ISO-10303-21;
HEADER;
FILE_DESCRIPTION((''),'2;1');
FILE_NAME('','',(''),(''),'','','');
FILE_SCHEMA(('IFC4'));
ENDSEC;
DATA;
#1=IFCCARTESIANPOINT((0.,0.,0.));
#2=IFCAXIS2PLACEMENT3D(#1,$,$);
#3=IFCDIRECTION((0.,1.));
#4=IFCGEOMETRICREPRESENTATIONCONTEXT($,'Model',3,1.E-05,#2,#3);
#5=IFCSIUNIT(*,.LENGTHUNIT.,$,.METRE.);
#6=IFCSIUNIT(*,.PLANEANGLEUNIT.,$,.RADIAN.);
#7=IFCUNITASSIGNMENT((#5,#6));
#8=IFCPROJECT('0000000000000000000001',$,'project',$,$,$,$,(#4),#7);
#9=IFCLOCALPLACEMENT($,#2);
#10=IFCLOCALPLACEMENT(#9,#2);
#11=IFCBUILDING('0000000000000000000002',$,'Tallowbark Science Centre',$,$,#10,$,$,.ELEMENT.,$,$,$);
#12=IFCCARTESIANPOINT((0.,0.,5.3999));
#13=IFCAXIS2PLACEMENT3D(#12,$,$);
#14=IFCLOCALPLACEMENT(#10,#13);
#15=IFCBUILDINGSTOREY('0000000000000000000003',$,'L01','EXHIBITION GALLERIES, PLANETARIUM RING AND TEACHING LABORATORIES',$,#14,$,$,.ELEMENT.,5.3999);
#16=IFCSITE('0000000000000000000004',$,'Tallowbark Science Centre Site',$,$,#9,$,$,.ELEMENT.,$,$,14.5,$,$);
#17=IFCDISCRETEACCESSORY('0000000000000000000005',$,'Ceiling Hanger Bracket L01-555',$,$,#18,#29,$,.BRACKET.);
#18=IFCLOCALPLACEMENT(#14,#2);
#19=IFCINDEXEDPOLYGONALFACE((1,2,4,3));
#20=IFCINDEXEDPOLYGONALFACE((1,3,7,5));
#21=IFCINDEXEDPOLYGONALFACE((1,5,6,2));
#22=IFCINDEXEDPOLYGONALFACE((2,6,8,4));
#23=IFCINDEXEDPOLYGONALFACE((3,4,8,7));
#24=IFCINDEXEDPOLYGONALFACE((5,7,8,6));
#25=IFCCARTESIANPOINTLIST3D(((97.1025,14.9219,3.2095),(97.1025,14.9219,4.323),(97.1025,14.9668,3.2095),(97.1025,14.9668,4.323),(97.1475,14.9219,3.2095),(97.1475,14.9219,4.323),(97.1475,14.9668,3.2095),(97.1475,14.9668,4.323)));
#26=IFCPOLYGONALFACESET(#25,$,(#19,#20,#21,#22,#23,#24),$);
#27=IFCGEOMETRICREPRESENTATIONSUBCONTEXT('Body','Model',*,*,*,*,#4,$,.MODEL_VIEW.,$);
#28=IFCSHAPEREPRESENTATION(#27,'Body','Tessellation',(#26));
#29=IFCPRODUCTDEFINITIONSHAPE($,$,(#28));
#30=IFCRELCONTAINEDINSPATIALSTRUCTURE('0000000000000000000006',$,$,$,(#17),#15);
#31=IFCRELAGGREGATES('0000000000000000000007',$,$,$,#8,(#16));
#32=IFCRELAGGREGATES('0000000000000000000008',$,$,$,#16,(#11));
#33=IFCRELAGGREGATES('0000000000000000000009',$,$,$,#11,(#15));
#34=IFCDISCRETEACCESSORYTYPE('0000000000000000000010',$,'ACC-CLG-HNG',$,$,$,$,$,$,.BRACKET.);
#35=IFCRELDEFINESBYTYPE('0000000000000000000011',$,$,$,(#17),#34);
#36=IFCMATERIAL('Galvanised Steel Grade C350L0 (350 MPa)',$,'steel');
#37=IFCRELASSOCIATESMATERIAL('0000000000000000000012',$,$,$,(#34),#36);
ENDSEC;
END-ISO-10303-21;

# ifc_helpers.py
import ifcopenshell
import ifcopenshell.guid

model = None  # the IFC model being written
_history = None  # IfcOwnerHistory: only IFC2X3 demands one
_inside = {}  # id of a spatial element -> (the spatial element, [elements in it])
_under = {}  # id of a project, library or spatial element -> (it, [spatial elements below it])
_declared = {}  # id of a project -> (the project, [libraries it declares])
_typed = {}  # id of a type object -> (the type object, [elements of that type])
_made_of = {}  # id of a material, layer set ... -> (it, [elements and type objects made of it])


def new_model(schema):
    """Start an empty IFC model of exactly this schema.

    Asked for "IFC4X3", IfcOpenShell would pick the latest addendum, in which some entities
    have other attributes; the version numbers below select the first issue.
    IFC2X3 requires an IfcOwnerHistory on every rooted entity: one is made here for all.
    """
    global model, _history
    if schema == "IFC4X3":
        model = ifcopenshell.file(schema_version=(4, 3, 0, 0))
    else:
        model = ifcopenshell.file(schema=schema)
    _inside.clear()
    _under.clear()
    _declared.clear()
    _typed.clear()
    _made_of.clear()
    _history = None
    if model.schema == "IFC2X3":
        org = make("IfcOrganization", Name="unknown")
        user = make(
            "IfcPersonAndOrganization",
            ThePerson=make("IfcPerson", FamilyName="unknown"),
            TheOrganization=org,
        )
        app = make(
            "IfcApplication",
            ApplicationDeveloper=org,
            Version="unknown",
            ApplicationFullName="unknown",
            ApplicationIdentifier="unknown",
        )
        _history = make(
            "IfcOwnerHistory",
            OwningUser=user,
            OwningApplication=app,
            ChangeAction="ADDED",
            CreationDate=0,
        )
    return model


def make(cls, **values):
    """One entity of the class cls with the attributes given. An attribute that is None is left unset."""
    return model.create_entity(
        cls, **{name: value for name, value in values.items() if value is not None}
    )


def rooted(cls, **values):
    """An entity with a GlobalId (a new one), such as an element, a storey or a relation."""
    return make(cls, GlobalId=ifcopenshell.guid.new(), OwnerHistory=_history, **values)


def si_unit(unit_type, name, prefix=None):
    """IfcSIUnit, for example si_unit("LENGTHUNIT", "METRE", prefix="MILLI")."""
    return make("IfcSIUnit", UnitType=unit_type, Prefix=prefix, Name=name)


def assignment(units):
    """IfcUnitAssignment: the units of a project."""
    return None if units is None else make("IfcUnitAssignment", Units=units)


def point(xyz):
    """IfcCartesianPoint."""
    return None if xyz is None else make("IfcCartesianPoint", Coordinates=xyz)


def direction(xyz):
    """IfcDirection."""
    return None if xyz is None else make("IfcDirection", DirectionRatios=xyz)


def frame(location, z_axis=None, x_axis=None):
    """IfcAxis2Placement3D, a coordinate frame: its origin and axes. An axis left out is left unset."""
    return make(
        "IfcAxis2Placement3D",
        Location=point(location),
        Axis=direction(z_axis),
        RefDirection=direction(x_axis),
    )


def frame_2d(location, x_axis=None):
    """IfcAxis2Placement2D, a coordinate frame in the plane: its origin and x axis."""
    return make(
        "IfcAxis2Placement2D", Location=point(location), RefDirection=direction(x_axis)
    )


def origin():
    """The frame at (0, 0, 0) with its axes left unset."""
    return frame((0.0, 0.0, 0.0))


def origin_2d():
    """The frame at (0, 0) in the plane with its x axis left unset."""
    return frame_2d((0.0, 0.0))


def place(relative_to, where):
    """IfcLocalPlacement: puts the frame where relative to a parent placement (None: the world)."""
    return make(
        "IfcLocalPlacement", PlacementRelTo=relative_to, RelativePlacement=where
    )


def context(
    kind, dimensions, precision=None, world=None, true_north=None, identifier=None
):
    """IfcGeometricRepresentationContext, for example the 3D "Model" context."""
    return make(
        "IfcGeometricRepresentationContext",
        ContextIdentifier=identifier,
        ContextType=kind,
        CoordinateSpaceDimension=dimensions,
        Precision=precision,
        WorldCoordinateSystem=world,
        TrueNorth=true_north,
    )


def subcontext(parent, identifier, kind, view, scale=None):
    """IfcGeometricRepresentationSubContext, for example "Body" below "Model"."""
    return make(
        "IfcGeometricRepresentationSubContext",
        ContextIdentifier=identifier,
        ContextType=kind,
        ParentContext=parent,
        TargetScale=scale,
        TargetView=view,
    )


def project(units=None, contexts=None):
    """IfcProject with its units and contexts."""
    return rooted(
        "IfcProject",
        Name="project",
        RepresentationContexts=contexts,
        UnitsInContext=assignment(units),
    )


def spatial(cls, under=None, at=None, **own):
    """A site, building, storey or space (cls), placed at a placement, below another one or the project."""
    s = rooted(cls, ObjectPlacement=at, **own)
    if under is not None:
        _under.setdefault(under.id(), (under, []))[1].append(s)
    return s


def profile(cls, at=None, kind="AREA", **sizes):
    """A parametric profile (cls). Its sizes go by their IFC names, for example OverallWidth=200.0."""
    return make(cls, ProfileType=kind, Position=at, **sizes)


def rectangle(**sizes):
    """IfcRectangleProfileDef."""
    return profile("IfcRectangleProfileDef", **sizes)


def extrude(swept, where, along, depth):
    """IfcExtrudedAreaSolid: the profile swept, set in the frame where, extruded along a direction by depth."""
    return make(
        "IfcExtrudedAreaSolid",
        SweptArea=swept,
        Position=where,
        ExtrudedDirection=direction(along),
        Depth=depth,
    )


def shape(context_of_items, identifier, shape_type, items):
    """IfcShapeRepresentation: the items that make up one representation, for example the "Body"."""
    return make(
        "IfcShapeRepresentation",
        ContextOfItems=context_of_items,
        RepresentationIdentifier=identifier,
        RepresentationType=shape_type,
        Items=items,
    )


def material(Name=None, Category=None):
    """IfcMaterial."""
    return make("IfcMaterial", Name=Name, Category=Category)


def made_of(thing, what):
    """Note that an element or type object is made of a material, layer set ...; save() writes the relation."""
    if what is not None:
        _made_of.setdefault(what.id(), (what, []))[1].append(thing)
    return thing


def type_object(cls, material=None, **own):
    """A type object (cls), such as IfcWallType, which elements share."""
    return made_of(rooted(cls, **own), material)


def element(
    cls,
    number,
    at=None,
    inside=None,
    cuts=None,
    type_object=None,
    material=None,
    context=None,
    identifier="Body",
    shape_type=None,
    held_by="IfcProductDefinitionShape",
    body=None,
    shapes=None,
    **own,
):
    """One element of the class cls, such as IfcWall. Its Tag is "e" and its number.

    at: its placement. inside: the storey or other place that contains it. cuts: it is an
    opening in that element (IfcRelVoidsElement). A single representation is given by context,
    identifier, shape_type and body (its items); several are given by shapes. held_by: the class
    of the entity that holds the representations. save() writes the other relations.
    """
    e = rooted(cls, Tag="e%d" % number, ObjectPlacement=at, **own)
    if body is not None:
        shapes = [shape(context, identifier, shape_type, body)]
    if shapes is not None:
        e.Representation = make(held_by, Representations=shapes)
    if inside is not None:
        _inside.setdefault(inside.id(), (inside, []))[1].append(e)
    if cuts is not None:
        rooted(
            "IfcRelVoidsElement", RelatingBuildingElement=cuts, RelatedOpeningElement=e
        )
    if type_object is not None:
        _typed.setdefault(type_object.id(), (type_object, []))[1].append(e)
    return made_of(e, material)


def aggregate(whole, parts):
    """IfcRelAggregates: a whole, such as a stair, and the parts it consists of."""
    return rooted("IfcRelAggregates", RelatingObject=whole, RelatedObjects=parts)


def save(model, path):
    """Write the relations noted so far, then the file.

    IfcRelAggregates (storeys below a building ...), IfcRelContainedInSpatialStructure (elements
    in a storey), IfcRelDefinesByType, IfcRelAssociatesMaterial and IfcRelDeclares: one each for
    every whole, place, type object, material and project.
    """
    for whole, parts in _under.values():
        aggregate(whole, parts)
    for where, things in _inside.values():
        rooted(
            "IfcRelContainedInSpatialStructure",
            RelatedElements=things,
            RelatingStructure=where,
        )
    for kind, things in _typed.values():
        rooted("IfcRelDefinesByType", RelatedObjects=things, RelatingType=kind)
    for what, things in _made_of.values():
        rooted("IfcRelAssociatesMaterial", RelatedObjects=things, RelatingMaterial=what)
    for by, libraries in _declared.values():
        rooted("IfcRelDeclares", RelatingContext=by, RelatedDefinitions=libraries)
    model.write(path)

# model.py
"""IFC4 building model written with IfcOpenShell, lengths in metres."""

from ifc_helpers import new_model, si_unit, direction, frame, origin, origin_2d, place, context, subcontext, project, spatial, rectangle, extrude, material, type_object, element, save


model = new_model("IFC4")

# Units and contexts
model_context = context("Model", 3, precision=1e-05, world=origin(), true_north=direction((0.0, 1.0)))
body_context = subcontext(model_context, "Body", "Model", "MODEL_VIEW")
ifc_project = project(units=[si_unit("LENGTHUNIT", "METRE"), si_unit("PLANEANGLEUNIT", "RADIAN")], contexts=[model_context])

# Site, building, storey
site_placement = place(None, origin())
site = spatial("IfcSite", under=ifc_project, at=site_placement, Name="Tallowbark Science Centre Site", CompositionType="ELEMENT", RefElevation=14.5)
building_placement = place(site_placement, origin())
building = spatial("IfcBuilding", under=site, at=building_placement, Name="Tallowbark Science Centre", CompositionType="ELEMENT")
storey_placement = place(building_placement, frame((0.0, 0.0, 5.3999)))
storey = spatial("IfcBuildingStorey", under=building, at=storey_placement, Name="L01", Description="EXHIBITION GALLERIES, PLANETARIUM RING AND TEACHING LABORATORIES", CompositionType="ELEMENT", Elevation=5.3999)

# Discrete accessory
ifc_material_1 = material(Name="Galvanised Steel Grade C350L0 (350 MPa)", Category="steel")
discrete_accessory_type = type_object("IfcDiscreteAccessoryType", Name="ACC-CLG-HNG", PredefinedType="BRACKET", material=ifc_material_1)
for number, where, z_axis, x_axis, name in (
    (1, (97.125, 14.9443, 3.2095), (0.0, 0.0, 1.0), (1.0, 0.0, 0.0), "Ceiling Hanger Bracket L01-555"),
):
    element("IfcDiscreteAccessory", number, at=place(storey_placement, frame(where, z_axis=z_axis, x_axis=x_axis)), inside=storey, type_object=discrete_accessory_type, Name=name, PredefinedType="BRACKET", context=body_context, shape_type="SweptSolid", body=[
        extrude(rectangle(XDim=0.0449, YDim=0.0449, at=origin_2d()), origin(), (0.0, 0.0, 1.0), 1.1135),
    ])

save(model, "model.ifc")
